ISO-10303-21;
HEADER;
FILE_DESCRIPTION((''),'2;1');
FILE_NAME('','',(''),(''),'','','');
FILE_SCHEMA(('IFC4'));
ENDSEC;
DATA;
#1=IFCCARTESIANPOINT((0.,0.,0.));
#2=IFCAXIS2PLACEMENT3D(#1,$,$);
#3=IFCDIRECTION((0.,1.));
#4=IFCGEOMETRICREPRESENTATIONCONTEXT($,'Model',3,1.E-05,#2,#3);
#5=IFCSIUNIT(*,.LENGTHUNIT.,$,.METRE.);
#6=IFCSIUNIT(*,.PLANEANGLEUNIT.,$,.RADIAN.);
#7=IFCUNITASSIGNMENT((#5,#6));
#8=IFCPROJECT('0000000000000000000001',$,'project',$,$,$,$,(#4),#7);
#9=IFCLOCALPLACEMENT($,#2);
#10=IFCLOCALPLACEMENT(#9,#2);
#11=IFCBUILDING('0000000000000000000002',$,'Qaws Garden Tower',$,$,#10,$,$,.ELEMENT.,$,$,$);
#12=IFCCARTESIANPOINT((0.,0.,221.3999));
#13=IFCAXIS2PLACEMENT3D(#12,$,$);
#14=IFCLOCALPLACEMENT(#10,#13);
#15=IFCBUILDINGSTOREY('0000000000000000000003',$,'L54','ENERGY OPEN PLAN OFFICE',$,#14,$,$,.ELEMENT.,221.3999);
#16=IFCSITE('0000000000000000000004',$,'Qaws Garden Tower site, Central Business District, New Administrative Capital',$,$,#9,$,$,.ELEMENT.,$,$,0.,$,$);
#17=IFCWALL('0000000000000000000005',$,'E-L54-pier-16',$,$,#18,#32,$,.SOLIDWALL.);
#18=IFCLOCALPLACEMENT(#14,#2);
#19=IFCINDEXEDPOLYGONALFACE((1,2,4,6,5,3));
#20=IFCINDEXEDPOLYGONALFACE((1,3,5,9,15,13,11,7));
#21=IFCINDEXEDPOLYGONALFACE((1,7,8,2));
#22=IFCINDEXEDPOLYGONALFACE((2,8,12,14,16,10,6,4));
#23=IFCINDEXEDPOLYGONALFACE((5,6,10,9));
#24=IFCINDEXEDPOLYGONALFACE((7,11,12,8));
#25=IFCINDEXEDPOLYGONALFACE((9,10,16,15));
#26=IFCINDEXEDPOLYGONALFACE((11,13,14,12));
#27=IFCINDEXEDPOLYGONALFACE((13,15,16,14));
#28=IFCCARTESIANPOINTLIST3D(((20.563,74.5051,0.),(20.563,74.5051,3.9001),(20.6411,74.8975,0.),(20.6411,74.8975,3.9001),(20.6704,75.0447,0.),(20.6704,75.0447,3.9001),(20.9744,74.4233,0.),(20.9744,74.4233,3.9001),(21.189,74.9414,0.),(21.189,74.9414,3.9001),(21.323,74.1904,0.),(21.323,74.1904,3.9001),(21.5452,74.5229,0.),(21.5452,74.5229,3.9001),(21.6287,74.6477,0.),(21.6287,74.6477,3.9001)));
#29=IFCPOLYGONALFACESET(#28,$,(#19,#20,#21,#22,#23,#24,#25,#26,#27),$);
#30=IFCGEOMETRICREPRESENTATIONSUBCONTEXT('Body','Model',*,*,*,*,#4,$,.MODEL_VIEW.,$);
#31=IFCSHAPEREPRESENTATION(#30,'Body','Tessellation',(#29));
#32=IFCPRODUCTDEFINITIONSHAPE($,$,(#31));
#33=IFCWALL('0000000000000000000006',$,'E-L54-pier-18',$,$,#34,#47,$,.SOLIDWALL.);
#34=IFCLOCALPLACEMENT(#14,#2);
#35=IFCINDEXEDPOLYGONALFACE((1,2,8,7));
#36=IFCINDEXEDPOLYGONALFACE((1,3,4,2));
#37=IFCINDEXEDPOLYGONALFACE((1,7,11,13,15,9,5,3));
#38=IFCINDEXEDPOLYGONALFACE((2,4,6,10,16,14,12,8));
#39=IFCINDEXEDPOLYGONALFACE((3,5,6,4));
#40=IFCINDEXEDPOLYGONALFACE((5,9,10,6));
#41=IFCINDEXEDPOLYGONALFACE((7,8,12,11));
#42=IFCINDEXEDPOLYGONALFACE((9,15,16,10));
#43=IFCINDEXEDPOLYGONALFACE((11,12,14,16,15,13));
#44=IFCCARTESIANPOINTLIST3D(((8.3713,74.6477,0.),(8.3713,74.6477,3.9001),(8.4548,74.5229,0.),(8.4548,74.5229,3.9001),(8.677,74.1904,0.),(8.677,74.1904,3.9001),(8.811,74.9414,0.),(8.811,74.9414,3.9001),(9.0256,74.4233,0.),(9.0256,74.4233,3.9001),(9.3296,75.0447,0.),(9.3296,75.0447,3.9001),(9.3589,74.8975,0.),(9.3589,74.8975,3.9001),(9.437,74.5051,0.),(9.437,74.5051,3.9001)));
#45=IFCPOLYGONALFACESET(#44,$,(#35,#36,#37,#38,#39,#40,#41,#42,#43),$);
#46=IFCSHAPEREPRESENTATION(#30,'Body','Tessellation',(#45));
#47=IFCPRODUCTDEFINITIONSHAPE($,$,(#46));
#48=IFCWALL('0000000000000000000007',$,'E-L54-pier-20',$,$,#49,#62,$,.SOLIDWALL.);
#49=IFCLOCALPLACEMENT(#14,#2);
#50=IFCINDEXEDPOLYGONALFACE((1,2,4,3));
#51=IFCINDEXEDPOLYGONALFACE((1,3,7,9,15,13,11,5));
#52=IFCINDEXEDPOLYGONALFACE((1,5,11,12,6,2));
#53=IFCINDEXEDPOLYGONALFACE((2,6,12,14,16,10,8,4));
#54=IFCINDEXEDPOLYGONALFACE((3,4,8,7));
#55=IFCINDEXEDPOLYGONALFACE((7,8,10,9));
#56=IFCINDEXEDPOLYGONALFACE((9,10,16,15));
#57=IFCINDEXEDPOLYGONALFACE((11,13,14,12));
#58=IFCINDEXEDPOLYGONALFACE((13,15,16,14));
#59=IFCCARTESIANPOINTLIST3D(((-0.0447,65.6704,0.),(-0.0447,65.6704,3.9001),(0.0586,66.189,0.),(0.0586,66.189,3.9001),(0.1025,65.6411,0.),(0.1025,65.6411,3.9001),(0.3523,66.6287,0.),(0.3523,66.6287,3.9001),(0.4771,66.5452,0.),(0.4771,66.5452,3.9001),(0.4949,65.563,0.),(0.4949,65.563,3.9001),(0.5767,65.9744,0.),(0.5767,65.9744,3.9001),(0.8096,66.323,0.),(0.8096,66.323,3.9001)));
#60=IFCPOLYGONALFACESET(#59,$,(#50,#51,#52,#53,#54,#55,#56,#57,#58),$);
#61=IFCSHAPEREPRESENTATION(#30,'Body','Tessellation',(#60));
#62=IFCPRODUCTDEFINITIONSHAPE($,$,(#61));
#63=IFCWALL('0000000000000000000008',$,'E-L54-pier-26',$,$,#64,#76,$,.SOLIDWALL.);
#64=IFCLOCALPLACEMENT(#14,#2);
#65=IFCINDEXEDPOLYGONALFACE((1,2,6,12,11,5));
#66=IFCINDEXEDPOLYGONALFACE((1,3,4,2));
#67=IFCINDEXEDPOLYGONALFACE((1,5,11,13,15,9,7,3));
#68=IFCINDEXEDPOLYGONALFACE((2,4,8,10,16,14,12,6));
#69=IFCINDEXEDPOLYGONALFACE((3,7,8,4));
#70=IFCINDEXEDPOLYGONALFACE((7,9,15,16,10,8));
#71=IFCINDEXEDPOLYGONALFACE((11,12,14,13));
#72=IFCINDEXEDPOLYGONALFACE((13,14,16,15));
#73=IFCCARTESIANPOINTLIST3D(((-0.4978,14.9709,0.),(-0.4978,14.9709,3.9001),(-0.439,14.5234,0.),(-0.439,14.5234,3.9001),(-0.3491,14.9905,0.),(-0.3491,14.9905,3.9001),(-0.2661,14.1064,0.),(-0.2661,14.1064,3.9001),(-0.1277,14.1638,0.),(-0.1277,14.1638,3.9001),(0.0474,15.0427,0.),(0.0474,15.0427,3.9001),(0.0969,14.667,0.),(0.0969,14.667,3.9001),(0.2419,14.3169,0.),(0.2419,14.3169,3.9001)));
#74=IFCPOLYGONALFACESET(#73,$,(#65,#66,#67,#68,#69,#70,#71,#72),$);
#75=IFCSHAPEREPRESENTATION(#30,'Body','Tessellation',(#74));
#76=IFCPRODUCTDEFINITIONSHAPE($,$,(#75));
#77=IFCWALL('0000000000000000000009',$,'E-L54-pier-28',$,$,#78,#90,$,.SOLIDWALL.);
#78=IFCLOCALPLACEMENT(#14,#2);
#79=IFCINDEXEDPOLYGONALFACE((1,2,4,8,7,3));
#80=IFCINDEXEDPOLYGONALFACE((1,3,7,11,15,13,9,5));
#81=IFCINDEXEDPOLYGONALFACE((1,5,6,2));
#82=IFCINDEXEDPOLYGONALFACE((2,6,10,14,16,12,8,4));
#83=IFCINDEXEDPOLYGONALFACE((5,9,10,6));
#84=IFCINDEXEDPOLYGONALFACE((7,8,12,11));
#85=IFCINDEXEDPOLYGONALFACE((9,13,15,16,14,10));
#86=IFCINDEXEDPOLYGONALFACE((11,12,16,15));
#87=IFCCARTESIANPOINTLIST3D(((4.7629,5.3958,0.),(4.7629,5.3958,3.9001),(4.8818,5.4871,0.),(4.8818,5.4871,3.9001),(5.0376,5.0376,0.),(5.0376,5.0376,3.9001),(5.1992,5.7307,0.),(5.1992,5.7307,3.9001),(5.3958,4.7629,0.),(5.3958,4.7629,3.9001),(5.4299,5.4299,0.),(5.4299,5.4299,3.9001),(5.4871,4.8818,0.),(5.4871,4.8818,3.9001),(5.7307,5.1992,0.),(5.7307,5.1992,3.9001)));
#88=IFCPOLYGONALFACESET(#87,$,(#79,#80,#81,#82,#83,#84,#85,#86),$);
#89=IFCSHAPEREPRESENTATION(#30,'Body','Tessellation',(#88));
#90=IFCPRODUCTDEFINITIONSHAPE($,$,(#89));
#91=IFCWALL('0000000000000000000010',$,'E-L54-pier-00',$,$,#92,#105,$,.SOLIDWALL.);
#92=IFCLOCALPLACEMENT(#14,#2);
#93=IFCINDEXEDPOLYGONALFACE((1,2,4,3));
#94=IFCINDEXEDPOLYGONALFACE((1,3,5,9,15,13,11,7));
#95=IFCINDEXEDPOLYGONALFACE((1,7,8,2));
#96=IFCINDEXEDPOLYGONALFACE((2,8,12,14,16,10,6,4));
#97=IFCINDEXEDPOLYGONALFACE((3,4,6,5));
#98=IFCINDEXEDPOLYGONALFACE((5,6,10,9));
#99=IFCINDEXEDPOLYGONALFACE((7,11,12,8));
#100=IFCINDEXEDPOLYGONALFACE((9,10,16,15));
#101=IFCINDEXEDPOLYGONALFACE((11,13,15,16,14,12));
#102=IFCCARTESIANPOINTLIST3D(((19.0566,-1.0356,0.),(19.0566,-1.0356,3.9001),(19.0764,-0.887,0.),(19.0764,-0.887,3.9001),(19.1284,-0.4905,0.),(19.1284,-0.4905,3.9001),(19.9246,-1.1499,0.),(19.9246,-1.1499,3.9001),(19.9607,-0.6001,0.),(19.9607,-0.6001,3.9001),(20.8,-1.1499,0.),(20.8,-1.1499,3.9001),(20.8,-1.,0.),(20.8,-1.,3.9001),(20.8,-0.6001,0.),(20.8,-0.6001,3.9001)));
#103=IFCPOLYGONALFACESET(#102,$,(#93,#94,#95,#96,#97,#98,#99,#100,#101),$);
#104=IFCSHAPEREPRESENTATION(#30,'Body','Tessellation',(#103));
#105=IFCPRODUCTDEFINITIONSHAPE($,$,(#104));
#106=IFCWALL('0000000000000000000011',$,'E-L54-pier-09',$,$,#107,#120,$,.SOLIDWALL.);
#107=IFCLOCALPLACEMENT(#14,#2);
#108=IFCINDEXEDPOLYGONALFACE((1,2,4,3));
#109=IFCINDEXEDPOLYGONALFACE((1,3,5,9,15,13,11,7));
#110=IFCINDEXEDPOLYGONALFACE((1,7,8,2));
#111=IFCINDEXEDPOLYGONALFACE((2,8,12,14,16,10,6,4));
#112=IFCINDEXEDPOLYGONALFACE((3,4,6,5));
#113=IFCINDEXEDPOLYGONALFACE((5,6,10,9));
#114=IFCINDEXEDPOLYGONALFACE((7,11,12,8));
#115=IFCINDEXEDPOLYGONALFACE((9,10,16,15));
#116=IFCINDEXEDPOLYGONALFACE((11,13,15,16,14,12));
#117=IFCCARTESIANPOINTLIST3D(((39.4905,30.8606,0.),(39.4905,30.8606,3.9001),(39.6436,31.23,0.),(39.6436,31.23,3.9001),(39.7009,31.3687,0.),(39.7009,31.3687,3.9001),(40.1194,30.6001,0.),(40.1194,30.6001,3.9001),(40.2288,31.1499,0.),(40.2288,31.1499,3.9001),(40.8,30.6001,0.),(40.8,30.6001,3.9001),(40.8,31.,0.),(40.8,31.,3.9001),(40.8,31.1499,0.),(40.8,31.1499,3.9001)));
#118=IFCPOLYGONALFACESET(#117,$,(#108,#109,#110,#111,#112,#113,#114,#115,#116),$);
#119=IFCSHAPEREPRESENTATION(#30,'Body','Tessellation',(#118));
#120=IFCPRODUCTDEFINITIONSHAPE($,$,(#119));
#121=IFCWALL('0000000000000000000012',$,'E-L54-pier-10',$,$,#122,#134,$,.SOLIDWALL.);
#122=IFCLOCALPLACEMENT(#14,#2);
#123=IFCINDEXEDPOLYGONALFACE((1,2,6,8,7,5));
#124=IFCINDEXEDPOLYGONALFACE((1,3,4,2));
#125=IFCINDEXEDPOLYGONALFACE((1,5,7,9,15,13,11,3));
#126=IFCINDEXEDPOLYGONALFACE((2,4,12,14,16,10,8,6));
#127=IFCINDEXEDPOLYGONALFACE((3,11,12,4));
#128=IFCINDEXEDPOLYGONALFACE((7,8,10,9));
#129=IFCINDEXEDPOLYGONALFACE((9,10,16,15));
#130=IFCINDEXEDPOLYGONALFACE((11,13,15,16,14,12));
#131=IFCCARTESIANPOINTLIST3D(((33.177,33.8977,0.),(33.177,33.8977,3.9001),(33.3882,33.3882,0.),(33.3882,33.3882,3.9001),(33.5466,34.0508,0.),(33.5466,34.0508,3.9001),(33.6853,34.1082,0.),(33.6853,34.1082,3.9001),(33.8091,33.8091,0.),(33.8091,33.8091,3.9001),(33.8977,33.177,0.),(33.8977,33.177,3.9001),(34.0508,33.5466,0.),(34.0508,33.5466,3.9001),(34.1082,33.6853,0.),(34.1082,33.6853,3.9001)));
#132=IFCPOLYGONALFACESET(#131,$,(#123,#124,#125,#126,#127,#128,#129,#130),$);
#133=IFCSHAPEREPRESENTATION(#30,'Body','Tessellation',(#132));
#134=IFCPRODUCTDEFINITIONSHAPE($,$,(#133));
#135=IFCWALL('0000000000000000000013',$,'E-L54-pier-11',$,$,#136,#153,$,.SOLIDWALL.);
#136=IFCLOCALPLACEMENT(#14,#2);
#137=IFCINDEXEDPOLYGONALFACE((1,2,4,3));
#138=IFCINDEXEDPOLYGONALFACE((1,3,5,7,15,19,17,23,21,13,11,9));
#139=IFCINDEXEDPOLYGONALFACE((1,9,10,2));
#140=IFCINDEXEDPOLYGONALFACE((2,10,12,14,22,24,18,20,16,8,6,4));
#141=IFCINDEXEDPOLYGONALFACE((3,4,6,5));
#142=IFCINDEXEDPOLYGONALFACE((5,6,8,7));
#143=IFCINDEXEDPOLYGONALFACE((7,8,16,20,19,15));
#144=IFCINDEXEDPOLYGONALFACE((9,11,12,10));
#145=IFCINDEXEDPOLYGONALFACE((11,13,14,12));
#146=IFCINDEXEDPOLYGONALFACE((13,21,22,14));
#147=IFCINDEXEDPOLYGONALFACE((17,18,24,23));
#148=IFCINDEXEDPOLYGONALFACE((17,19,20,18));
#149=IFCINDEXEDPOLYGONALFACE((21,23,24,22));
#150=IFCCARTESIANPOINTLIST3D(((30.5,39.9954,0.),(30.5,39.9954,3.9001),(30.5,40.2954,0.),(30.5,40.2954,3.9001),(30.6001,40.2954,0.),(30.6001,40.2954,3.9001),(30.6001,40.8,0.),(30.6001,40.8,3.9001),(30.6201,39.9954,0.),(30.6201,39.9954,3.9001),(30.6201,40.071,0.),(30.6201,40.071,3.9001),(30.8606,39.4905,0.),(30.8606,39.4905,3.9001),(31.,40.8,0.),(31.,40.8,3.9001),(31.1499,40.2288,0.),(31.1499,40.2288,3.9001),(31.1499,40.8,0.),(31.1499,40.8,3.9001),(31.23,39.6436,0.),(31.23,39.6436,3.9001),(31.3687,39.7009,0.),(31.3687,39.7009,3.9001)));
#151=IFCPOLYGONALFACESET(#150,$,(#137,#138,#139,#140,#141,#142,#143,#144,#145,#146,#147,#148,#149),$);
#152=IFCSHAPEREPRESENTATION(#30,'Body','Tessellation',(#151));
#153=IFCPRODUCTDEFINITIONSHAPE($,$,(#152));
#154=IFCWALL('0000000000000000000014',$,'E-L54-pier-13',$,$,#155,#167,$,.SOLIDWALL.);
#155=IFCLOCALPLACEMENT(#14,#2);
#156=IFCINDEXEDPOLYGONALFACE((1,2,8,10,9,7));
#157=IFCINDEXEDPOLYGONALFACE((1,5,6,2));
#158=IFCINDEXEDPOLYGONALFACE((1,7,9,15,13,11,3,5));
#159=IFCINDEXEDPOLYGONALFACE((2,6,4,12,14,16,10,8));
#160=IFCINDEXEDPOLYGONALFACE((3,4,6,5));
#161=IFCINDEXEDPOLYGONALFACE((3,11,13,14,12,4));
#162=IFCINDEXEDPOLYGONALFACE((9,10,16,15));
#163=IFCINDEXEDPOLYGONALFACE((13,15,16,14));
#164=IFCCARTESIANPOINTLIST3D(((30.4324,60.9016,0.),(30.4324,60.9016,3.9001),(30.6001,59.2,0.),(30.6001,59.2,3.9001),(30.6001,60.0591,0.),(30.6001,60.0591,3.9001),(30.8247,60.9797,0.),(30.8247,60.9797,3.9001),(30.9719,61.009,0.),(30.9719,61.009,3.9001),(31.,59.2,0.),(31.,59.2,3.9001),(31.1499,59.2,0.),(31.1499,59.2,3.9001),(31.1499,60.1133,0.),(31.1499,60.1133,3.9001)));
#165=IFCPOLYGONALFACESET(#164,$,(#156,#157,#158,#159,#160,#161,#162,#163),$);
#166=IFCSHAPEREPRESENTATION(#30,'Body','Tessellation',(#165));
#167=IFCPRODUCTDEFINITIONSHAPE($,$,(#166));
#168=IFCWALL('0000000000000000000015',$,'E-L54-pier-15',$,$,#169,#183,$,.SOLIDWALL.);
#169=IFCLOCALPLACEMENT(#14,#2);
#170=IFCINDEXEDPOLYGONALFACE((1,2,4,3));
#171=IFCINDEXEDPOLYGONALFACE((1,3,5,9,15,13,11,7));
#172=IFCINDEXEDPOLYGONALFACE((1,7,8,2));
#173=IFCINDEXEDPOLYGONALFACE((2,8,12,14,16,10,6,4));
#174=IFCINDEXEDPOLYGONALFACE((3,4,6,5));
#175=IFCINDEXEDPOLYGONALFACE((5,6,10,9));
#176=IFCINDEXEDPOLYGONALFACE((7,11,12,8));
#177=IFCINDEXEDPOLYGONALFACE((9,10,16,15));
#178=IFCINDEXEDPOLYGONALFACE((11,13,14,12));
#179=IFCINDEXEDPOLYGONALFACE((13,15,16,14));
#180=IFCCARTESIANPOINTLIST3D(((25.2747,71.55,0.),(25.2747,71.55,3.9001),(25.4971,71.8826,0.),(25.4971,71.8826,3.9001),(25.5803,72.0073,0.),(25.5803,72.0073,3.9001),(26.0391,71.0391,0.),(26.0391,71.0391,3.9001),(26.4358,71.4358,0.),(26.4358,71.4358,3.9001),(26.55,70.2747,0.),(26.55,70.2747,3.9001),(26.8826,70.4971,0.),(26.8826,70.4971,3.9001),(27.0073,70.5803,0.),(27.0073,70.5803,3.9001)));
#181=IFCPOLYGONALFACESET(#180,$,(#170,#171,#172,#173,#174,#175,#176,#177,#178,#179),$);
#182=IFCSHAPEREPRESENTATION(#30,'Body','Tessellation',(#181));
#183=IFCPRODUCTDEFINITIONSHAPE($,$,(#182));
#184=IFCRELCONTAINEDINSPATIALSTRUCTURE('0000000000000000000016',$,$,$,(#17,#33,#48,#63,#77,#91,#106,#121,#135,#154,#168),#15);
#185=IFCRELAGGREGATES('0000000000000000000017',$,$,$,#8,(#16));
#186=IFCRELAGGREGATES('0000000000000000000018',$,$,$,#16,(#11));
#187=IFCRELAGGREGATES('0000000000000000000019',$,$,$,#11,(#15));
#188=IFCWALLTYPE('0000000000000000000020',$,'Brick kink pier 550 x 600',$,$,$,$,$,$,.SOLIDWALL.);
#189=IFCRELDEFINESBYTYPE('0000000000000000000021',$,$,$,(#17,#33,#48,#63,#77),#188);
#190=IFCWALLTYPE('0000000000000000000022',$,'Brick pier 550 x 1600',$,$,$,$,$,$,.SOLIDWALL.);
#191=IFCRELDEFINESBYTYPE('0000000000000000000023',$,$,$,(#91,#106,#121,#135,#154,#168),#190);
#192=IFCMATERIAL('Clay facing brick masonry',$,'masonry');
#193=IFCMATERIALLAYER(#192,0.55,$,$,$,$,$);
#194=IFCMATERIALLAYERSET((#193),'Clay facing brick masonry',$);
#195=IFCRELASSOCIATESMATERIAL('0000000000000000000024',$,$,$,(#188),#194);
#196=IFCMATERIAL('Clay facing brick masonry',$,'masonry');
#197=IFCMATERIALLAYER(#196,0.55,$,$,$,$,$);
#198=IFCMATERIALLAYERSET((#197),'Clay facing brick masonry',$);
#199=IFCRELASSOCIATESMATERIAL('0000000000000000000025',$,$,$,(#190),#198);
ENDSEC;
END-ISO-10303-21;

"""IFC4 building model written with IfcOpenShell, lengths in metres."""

from ifc_helpers import new_model, si_unit, direction, frame, origin, place, context, subcontext, project, spatial, polyline, outline, extrude, material, layer, layer_set, type_object, element, save


model = new_model("IFC4")

# Units and contexts
model_context = context("Model", 3, precision=1e-05, world=origin(), true_north=direction((0.0, 1.0)))
body_context = subcontext(model_context, "Body", "Model", "MODEL_VIEW")
ifc_project = project(units=[si_unit("LENGTHUNIT", "METRE"), si_unit("PLANEANGLEUNIT", "RADIAN")], contexts=[model_context])

# Site, building, storey
site_placement = place(None, origin())
site = spatial("IfcSite", under=ifc_project, at=site_placement, Name="Qaws Garden Tower site, Central Business District, New Administrative Capital", CompositionType="ELEMENT", RefElevation=0.0)
building_placement = place(site_placement, origin())
building = spatial("IfcBuilding", under=site, at=building_placement, Name="Qaws Garden Tower", CompositionType="ELEMENT")
storey_placement = place(building_placement, frame((0.0, 0.0, 221.3999)))
storey = spatial("IfcBuildingStorey", under=building, at=storey_placement, Name="L54", Description="ENERGY OPEN PLAN OFFICE", CompositionType="ELEMENT", Elevation=221.3999)

# Walls
placement = place(storey_placement, origin())
ifc_material_1 = material(Name="Clay facing brick masonry", Category="masonry")
ifc_layer_1 = layer(ifc_material_1, 0.55)
ifc_layer_set_1 = layer_set([ifc_layer_1], Name="Clay facing brick masonry")
wall_type_1 = type_object("IfcWallType", Name="Brick kink pier 550 x 600", PredefinedType="SOLIDWALL", material=ifc_layer_set_1)
element("IfcWall", 1, at=placement, inside=storey, type_object=wall_type_1, Name="E-L54-pier-16", PredefinedType="SOLIDWALL", context=body_context, shape_type="SweptSolid", body=[
    extrude(outline(polyline([(21.5452, 74.5229), (21.6287, 74.6477), (21.189, 74.9414), (20.6704, 75.0447), (20.6411, 74.8975), (20.563, 74.5051), (20.9744, 74.4233), (21.323, 74.1904), (21.5452, 74.5229)])), origin(), (0.0, 0.0, 1.0), 3.9001),
])
element("IfcWall", 2, at=placement, inside=storey, type_object=wall_type_1, Name="E-L54-pier-18", PredefinedType="SOLIDWALL", context=body_context, shape_type="SweptSolid", body=[
    extrude(outline(polyline([(9.3589, 74.8975), (9.3296, 75.0447), (8.811, 74.9414), (8.3713, 74.6477), (8.4548, 74.5229), (8.677, 74.1904), (9.0256, 74.4233), (9.437, 74.5051), (9.3589, 74.8975)])), origin(), (0.0, 0.0, 1.0), 3.9001),
])
element("IfcWall", 3, at=placement, inside=storey, type_object=wall_type_1, Name="E-L54-pier-20", PredefinedType="SOLIDWALL", context=body_context, shape_type="SweptSolid", body=[
    extrude(outline(polyline([(0.4771, 66.5452), (0.3523, 66.6287), (0.0586, 66.189), (-0.0447, 65.6704), (0.1025, 65.6411), (0.4949, 65.563), (0.5767, 65.9744), (0.8096, 66.323), (0.4771, 66.5452)])), origin(), (0.0, 0.0, 1.0), 3.9001),
])
element("IfcWall", 4, at=placement, inside=storey, type_object=wall_type_1, Name="E-L54-pier-26", PredefinedType="SOLIDWALL", context=body_context, shape_type="SweptSolid", body=[
    extrude(outline(polyline([(-0.3491, 14.9905), (-0.4978, 14.9709), (-0.439, 14.5234), (-0.2661, 14.1064), (-0.1277, 14.1638), (0.2419, 14.3169), (0.0969, 14.667), (0.0474, 15.0427), (-0.3491, 14.9905)])), origin(), (0.0, 0.0, 1.0), 3.9001),
])
element("IfcWall", 5, at=placement, inside=storey, type_object=wall_type_1, Name="E-L54-pier-28", PredefinedType="SOLIDWALL", context=body_context, shape_type="SweptSolid", body=[
    extrude(outline(polyline([(4.8818, 5.4871), (4.7629, 5.3958), (5.0376, 5.0376), (5.3958, 4.7629), (5.4871, 4.8818), (5.7307, 5.1992), (5.4299, 5.4299), (5.1992, 5.7307), (4.8818, 5.4871)])), origin(), (0.0, 0.0, 1.0), 3.9001),
])
ifc_material_2 = material(Name="Clay facing brick masonry", Category="masonry")
ifc_layer_2 = layer(ifc_material_2, 0.55)
ifc_layer_set_2 = layer_set([ifc_layer_2], Name="Clay facing brick masonry")
wall_type_2 = type_object("IfcWallType", Name="Brick pier 550 x 1600", PredefinedType="SOLIDWALL", material=ifc_layer_set_2)
element("IfcWall", 6, at=placement, inside=storey, type_object=wall_type_2, Name="E-L54-pier-00", PredefinedType="SOLIDWALL", context=body_context, shape_type="SweptSolid", body=[
    extrude(outline(polyline([(19.0764, -0.887), (19.0566, -1.0356), (19.9246, -1.1499), (20.8, -1.1499), (20.8, -1.0), (20.8, -0.6001), (19.9607, -0.6001), (19.1284, -0.4905), (19.0764, -0.887)])), origin(), (0.0, 0.0, 1.0), 3.9001),
])
element("IfcWall", 7, at=placement, inside=storey, type_object=wall_type_2, Name="E-L54-pier-09", PredefinedType="SOLIDWALL", context=body_context, shape_type="SweptSolid", body=[
    extrude(outline(polyline([(40.8, 31.0), (40.8, 31.1499), (40.2288, 31.1499), (39.7009, 31.3687), (39.6436, 31.23), (39.4905, 30.8606), (40.1194, 30.6001), (40.8, 30.6001), (40.8, 31.0)])), origin(), (0.0, 0.0, 1.0), 3.9001),
])
element("IfcWall", 8, at=placement, inside=storey, type_object=wall_type_2, Name="E-L54-pier-10", PredefinedType="SOLIDWALL", context=body_context, shape_type="SweptSolid", body=[
    extrude(outline(polyline([(34.0508, 33.5466), (34.1082, 33.6853), (33.8091, 33.8091), (33.6853, 34.1082), (33.5466, 34.0508), (33.177, 33.8977), (33.3882, 33.3882), (33.8977, 33.177), (34.0508, 33.5466)])), origin(), (0.0, 0.0, 1.0), 3.9001),
])
element("IfcWall", 9, at=placement, inside=storey, type_object=wall_type_2, Name="E-L54-pier-11", PredefinedType="SOLIDWALL", context=body_context, shape_type="SweptSolid", body=[
    extrude(outline(polyline([(30.6201, 39.9954), (30.6201, 40.071), (30.8606, 39.4905), (31.23, 39.6436), (31.3687, 39.7009), (31.1499, 40.2288), (31.1499, 40.8), (31.0, 40.8), (30.6001, 40.8), (30.6001, 40.2954), (30.5, 40.2954), (30.5, 39.9954), (30.6201, 39.9954)])), origin(), (0.0, 0.0, 1.0), 3.9001),
])
element("IfcWall", 10, at=placement, inside=storey, type_object=wall_type_2, Name="E-L54-pier-13", PredefinedType="SOLIDWALL", context=body_context, shape_type="SweptSolid", body=[
    extrude(outline(polyline([(31.0, 59.2), (31.1499, 59.2), (31.1499, 60.1133), (30.9719, 61.009), (30.8247, 60.9797), (30.4324, 60.9016), (30.6001, 60.0591), (30.6001, 59.2), (31.0, 59.2)])), origin(), (0.0, 0.0, 1.0), 3.9001),
])
element("IfcWall", 11, at=placement, inside=storey, type_object=wall_type_2, Name="E-L54-pier-15", PredefinedType="SOLIDWALL", context=body_context, shape_type="SweptSolid", body=[
    extrude(outline(polyline([(26.8826, 70.4971), (27.0073, 70.5803), (26.4358, 71.4358), (25.5803, 72.0073), (25.4971, 71.8826), (25.2747, 71.55), (26.0391, 71.0391), (26.55, 70.2747), (26.8826, 70.4971)])), origin(), (0.0, 0.0, 1.0), 3.9001),
])

save(model, "model.ifc")
